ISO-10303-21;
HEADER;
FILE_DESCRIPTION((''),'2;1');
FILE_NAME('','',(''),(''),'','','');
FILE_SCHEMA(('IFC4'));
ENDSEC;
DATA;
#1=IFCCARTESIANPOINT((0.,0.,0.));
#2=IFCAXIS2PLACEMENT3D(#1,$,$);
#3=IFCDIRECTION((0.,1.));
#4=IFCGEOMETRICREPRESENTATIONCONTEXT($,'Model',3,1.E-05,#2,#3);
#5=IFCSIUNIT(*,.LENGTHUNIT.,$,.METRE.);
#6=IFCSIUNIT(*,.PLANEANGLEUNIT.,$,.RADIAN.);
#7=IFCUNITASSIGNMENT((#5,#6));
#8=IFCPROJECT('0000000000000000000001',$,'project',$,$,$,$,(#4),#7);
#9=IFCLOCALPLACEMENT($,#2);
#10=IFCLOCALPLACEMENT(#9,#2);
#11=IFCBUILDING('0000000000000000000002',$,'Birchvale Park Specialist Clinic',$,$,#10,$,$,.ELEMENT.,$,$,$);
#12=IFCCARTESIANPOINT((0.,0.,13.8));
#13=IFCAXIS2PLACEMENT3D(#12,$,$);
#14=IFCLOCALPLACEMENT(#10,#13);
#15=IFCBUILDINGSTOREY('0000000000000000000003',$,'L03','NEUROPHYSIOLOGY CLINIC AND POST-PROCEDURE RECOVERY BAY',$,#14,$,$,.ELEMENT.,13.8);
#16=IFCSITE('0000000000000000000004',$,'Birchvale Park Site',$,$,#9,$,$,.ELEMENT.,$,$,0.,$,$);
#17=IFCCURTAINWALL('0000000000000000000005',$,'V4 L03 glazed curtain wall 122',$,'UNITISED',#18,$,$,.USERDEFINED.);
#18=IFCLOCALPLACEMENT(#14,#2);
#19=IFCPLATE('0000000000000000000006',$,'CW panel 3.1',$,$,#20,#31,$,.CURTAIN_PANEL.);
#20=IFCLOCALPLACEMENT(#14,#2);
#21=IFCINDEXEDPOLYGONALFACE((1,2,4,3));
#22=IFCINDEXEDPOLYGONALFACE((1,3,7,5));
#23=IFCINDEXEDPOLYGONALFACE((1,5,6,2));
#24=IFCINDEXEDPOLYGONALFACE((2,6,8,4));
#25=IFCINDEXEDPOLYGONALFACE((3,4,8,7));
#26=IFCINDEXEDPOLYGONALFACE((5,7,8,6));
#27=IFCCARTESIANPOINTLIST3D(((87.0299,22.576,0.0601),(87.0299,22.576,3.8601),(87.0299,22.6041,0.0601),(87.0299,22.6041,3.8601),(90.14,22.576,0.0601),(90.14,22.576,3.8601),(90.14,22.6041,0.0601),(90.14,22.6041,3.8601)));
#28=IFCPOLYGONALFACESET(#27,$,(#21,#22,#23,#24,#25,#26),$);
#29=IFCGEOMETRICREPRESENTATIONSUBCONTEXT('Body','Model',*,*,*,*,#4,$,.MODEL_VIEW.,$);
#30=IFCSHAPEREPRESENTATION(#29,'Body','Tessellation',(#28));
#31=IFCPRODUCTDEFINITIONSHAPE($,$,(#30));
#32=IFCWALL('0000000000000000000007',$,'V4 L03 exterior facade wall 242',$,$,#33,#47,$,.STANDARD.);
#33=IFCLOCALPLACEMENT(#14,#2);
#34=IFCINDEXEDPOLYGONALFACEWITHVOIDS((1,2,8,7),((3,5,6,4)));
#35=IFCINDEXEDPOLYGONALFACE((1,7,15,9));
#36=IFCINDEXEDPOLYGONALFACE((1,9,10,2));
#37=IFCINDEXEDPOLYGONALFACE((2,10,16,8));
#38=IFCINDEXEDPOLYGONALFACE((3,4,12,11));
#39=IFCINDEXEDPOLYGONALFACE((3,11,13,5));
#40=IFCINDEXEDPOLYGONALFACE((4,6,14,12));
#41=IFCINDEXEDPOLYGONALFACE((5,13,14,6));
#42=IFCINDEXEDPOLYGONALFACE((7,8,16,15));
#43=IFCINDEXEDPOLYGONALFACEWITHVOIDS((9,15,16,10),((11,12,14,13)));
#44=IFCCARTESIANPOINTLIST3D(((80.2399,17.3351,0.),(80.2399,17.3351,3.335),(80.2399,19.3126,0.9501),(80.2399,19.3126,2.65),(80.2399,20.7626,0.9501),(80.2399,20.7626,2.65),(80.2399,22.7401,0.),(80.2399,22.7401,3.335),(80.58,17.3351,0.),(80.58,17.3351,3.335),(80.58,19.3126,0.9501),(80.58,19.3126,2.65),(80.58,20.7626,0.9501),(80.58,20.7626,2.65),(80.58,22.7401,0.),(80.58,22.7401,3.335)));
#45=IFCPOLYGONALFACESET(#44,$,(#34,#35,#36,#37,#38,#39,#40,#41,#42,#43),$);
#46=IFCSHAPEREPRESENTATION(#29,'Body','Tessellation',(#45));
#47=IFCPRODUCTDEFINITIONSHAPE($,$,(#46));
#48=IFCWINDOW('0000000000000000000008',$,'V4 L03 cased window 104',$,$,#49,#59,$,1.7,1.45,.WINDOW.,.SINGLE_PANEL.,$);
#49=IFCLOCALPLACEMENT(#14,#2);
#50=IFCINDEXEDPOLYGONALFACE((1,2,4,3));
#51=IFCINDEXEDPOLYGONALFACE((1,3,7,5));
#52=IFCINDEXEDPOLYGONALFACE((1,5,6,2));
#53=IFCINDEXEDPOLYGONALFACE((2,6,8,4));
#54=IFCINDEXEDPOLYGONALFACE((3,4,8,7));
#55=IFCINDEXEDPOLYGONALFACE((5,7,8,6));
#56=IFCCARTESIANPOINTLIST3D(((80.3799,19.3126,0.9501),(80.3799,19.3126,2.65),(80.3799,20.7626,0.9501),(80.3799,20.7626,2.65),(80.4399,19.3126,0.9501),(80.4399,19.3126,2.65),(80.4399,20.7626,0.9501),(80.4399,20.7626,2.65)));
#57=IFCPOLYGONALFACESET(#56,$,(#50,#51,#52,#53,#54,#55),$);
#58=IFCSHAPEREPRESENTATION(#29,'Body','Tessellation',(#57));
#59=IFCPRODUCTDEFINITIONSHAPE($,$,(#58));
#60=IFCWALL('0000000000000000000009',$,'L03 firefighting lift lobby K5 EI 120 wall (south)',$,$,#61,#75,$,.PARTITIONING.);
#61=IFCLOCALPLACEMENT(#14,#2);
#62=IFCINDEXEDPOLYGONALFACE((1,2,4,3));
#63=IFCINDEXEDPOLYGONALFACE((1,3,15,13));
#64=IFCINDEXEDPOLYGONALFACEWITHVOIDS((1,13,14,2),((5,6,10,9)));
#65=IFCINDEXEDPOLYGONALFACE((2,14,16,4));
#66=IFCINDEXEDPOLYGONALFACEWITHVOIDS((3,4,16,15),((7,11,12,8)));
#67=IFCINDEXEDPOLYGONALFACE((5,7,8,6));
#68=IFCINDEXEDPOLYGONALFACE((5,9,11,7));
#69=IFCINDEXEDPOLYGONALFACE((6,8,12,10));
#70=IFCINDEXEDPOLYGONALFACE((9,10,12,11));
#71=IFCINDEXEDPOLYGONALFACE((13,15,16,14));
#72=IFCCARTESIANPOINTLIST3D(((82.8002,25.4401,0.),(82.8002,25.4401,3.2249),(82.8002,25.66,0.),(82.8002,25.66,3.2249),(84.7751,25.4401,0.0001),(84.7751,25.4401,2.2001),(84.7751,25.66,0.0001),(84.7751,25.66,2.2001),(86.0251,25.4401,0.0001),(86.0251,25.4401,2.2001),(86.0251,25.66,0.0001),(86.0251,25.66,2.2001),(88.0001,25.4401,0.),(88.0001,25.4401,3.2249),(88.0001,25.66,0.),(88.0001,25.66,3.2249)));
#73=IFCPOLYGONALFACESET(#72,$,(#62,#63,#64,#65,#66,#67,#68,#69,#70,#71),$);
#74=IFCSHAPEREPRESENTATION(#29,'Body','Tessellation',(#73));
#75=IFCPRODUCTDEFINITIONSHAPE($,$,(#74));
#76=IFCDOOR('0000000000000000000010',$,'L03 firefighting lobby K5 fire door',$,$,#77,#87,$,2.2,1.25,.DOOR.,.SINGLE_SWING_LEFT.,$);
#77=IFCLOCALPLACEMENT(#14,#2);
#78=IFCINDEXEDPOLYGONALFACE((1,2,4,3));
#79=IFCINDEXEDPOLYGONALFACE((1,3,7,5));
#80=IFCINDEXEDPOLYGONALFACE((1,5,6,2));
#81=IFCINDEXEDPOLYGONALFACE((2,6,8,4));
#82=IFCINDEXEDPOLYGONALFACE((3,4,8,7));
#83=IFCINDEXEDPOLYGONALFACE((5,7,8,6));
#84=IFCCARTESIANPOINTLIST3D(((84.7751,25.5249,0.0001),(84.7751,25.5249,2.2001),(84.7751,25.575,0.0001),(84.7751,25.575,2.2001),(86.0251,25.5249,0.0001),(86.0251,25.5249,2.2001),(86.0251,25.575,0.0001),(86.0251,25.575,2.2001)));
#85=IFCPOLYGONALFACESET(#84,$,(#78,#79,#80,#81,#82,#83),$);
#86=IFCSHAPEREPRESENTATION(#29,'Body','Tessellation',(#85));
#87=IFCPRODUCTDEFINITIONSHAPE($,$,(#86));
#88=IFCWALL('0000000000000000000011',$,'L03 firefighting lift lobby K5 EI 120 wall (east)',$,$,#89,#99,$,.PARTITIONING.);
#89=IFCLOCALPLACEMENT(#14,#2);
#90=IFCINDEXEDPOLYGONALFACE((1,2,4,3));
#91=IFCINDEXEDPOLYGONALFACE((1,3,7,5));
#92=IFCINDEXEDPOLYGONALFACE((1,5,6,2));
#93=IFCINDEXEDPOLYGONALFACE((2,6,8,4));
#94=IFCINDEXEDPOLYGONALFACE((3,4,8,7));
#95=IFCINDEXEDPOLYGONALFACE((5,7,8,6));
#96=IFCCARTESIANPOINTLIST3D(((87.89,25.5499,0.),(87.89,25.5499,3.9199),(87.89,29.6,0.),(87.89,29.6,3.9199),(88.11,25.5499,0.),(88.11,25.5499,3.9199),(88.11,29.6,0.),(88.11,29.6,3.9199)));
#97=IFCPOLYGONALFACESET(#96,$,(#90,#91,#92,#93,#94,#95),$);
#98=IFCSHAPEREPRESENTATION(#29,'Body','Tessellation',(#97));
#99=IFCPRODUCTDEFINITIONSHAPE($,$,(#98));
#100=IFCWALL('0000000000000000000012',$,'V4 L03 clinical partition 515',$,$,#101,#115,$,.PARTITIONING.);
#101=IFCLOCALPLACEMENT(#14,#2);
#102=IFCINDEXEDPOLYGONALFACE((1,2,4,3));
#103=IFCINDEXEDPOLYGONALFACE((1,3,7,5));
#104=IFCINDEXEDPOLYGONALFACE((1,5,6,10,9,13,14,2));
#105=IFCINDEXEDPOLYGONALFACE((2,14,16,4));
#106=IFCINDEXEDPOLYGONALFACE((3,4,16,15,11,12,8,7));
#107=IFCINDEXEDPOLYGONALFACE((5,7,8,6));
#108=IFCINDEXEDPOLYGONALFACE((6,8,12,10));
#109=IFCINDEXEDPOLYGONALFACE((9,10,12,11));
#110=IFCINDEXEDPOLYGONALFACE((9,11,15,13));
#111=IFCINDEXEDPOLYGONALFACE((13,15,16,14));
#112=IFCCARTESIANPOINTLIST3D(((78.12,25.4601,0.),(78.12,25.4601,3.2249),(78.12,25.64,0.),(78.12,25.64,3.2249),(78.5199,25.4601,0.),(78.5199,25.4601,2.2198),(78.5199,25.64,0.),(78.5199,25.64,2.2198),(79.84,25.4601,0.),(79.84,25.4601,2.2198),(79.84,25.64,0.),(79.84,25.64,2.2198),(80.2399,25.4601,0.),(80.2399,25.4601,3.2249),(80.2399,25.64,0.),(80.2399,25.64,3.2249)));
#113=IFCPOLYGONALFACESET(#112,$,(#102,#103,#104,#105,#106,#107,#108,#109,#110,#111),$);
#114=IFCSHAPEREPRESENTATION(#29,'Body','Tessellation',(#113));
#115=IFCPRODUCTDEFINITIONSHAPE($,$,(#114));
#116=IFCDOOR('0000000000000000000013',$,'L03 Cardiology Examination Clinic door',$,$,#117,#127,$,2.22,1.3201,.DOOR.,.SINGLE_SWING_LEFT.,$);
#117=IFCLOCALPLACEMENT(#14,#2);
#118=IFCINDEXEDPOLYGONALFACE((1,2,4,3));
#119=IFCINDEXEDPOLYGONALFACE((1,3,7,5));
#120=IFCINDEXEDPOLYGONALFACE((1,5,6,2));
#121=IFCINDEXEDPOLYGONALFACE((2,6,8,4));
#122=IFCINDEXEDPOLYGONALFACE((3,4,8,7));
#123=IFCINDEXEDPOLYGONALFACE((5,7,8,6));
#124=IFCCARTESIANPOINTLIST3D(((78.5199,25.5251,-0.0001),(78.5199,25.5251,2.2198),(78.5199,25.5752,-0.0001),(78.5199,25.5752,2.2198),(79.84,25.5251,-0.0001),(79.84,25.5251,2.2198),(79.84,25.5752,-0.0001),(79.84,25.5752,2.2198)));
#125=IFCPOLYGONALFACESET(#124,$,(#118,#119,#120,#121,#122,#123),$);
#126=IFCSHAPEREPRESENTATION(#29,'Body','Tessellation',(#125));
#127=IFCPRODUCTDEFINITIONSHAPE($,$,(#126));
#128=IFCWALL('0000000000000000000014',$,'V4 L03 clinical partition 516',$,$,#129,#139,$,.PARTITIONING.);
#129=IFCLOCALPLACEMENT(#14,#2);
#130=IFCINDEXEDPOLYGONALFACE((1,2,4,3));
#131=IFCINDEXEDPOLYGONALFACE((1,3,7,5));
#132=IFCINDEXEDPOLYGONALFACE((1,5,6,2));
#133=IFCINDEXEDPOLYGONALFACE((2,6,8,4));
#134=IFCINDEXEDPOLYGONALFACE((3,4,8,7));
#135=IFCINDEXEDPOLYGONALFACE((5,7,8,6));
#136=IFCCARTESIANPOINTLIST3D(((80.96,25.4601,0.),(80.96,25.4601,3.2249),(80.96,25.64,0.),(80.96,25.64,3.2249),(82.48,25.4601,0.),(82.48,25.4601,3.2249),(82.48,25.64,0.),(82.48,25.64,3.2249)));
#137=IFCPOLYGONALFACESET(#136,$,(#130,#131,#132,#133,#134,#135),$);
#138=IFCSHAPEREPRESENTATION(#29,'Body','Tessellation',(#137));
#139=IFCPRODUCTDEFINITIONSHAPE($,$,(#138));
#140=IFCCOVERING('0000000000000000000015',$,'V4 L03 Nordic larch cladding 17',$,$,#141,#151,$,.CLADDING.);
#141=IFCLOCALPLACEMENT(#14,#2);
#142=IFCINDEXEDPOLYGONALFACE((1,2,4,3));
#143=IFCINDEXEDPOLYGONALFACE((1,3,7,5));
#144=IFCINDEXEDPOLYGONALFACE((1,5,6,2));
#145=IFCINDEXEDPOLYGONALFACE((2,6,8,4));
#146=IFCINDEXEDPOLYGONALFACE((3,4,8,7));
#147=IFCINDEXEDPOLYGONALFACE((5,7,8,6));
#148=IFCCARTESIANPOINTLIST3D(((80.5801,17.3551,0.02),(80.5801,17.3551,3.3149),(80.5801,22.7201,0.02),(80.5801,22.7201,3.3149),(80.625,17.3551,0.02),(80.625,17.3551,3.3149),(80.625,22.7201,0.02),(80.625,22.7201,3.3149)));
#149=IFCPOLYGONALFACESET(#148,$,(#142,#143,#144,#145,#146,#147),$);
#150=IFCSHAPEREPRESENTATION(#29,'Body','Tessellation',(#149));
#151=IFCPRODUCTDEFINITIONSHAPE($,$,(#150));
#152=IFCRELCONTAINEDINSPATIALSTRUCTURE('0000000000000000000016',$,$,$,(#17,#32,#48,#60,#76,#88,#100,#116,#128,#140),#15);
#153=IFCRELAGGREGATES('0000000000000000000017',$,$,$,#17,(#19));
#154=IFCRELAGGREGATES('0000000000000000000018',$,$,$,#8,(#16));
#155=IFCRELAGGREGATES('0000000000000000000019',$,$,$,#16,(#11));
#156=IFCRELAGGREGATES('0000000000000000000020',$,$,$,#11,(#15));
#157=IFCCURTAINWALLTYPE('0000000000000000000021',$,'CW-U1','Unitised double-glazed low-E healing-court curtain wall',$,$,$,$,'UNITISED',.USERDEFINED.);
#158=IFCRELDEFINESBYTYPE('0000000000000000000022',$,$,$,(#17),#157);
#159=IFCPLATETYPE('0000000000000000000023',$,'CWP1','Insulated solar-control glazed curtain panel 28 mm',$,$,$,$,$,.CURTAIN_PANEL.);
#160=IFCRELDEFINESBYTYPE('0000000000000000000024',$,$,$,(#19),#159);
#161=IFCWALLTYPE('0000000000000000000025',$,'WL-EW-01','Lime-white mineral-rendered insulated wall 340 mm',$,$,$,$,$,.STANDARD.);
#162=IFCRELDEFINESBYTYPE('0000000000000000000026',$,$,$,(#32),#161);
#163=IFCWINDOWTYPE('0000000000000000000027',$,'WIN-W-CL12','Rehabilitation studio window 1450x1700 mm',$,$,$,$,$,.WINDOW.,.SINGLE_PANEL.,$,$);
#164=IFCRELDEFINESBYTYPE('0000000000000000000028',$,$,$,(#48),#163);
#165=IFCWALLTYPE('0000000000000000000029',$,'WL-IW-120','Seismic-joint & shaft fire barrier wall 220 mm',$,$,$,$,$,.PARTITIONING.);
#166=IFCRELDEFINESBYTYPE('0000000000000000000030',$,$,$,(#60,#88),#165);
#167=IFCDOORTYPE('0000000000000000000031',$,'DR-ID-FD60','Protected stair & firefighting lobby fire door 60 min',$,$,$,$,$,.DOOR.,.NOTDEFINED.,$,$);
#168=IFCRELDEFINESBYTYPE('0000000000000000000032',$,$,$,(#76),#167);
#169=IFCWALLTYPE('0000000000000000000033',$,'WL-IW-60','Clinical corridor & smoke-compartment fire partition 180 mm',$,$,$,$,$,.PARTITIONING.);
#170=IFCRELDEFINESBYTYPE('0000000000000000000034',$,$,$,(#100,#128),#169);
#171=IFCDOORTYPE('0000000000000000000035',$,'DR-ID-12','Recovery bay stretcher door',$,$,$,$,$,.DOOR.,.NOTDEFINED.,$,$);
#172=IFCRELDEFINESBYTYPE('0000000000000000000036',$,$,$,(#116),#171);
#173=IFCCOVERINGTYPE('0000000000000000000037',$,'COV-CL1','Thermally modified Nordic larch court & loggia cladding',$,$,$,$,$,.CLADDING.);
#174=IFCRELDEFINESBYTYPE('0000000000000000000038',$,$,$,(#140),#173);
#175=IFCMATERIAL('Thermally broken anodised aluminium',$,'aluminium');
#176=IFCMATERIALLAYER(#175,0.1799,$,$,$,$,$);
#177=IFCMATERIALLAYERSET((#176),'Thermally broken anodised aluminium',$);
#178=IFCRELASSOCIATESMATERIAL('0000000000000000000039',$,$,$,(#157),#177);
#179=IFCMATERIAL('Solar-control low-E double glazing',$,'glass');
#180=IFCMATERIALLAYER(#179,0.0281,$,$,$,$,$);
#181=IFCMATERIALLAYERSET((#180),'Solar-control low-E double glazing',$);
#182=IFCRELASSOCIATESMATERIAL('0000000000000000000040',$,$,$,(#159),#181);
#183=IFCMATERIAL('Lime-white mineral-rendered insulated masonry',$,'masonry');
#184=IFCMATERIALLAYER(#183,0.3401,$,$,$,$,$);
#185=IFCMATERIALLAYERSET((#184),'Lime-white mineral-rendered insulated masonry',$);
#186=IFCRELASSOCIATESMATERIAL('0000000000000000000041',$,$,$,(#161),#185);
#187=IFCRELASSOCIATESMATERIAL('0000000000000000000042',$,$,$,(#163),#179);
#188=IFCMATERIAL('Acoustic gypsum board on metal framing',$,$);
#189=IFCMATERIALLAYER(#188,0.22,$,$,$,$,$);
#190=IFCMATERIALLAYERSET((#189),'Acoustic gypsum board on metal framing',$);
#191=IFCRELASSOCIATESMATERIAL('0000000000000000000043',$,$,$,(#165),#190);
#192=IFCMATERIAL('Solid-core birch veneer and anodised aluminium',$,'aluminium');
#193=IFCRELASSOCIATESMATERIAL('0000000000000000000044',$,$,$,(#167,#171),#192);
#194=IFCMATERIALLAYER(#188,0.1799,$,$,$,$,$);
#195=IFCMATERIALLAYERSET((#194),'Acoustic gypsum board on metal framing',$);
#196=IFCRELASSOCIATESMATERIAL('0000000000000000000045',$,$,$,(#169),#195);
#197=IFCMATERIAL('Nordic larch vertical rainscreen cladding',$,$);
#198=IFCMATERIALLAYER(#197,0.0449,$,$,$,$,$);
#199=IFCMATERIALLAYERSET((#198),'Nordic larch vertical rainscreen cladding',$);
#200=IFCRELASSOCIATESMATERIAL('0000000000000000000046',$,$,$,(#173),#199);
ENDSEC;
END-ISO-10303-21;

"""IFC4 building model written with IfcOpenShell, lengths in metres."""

from ifc_helpers import new_model, si_unit, direction, frame, frame_2d, origin, origin_2d, place, context, subcontext, project, spatial, rectangle, extrude, material, layer, layer_set, type_object, element, fill, aggregate, save


model = new_model("IFC4")

# Units and contexts
model_context = context("Model", 3, precision=1e-05, world=origin(), true_north=direction((0.0, 1.0)))
body_context = subcontext(model_context, "Body", "Model", "MODEL_VIEW")
ifc_project = project(units=[si_unit("LENGTHUNIT", "METRE"), si_unit("PLANEANGLEUNIT", "RADIAN")], contexts=[model_context])

# Site, building, storey
site_placement = place(None, origin())
site = spatial("IfcSite", under=ifc_project, at=site_placement, Name="Birchvale Park Site", CompositionType="ELEMENT", RefElevation=0.0)
building_placement = place(site_placement, origin())
building = spatial("IfcBuilding", under=site, at=building_placement, Name="Birchvale Park Specialist Clinic", CompositionType="ELEMENT")
storey_placement = place(building_placement, frame((0.0, 0.0, 13.8)))
storey = spatial("IfcBuildingStorey", under=building, at=storey_placement, Name="L03", Description="NEUROPHYSIOLOGY CLINIC AND POST-PROCEDURE RECOVERY BAY", CompositionType="ELEMENT", Elevation=13.8)

# Curtain wall, plate
ifc_material_1 = material(Name="Thermally broken anodised aluminium", Category="aluminium")
ifc_layer_1 = layer(ifc_material_1, 0.1799)
ifc_layer_set_1 = layer_set([ifc_layer_1], Name="Thermally broken anodised aluminium")
curtain_wall_type = type_object("IfcCurtainWallType", Name="CW-U1", Description="Unitised double-glazed low-E healing-court curtain wall", ElementType="UNITISED", PredefinedType="USERDEFINED", material=ifc_layer_set_1)
curtain_wall_placement = place(storey_placement, origin())
curtain_wall = element("IfcCurtainWall", 1, at=curtain_wall_placement, inside=storey, type_object=curtain_wall_type, Name="V4 L03 glazed curtain wall 122", ObjectType="UNITISED", PredefinedType="USERDEFINED")
ifc_material_2 = material(Name="Solar-control low-E double glazing", Category="glass")
ifc_layer_2 = layer(ifc_material_2, 0.0281)
ifc_layer_set_2 = layer_set([ifc_layer_2], Name="Solar-control low-E double glazing")
plate_type = type_object("IfcPlateType", Name="CWP1", Description="Insulated solar-control glazed curtain panel 28 mm", PredefinedType="CURTAIN_PANEL", material=ifc_layer_set_2)
plate_1_placement = place(storey_placement, frame((88.585, 22.5901, 0.0601), z_axis=(0.0, 0.0, 1.0), x_axis=(1.0, 0.0, 0.0)))
plate_1 = element("IfcPlate", 2, at=plate_1_placement, type_object=plate_type, Name="CW panel 3.1", PredefinedType="CURTAIN_PANEL", context=body_context, shape_type="SweptSolid", body=[
    extrude(rectangle(XDim=3.1101, YDim=0.0281, at=origin_2d()), origin(), (0.0, 0.0, 1.0), 3.8),
])
aggregate(curtain_wall, [plate_1])

# Wall, opening, window
ifc_material_3 = material(Name="Lime-white mineral-rendered insulated masonry", Category="masonry")
ifc_layer_3 = layer(ifc_material_3, 0.3401)
ifc_layer_set_3 = layer_set([ifc_layer_3], Name="Lime-white mineral-rendered insulated masonry")
wall_type_1 = type_object("IfcWallType", Name="WL-EW-01", Description="Lime-white mineral-rendered insulated wall 340 mm", PredefinedType="STANDARD", material=ifc_layer_set_3)
wall_1_placement = place(storey_placement, frame((80.4099, 17.335, 0.0), z_axis=(0.0, 0.0, 1.0), x_axis=(0.0, 1.0, 0.0)))
wall_1 = element("IfcWall", 3, at=wall_1_placement, inside=storey, type_object=wall_type_1, Name="V4 L03 exterior facade wall 242", PredefinedType="STANDARD", context=body_context, shape_type="SweptSolid", body=[
    extrude(rectangle(XDim=5.405, YDim=0.3401, at=frame_2d((2.7026, 0.0))), origin(), (0.0, 0.0, 1.0), 3.335),
])
opening_1_placement = place(wall_1_placement, frame((1.9775, 0.0, 0.95)))
opening_1 = element("IfcOpeningElement", 4, at=opening_1_placement, cuts=wall_1, PredefinedType="OPENING", context=body_context, shape_type="SweptSolid", body=[
    extrude(rectangle(XDim=1.45, YDim=1.7, at=frame_2d((0.7251, 0.8501))), frame((0.0, 0.1802, 0.0), z_axis=(0.0, -1.0, 0.0), x_axis=(1.0, 0.0, 0.0)), (0.0, 0.0, 1.0), 0.3601),
])
window_type = type_object("IfcWindowType", Name="WIN-W-CL12", Description="Rehabilitation studio window 1450x1700 mm", PartitioningType="SINGLE_PANEL", PredefinedType="WINDOW", material=ifc_material_2)
window_placement = place(opening_1_placement, origin())
window = element("IfcWindow", 5, at=window_placement, inside=storey, type_object=window_type, Name="V4 L03 cased window 104", OverallHeight=1.7, OverallWidth=1.45, PartitioningType="SINGLE_PANEL", PredefinedType="WINDOW", context=body_context, shape_type="SweptSolid", body=[
    extrude(rectangle(XDim=1.45, YDim=1.7, at=frame_2d((0.7251, 0.8501))), frame((0.0, 0.03, 0.0), z_axis=(0.0, -1.0, 0.0), x_axis=(1.0, 0.0, 0.0)), (0.0, 0.0, 1.0), 0.0601),
])
fill(opening_1, window)

# Wall, opening, door
ifc_material_4 = material(Name="Acoustic gypsum board on metal framing")
ifc_layer_4 = layer(ifc_material_4, 0.22)
ifc_layer_set_4 = layer_set([ifc_layer_4], Name="Acoustic gypsum board on metal framing")
wall_type_2 = type_object("IfcWallType", Name="WL-IW-120", Description="Seismic-joint & shaft fire barrier wall 220 mm", PredefinedType="PARTITIONING", material=ifc_layer_set_4)
wall_2_placement = place(storey_placement, frame((82.8, 25.55, 0.0), z_axis=(0.0, 0.0, 1.0), x_axis=(1.0, 0.0, 0.0)))
wall_2 = element("IfcWall", 6, at=wall_2_placement, inside=storey, type_object=wall_type_2, Name="L03 firefighting lift lobby K5 EI 120 wall (south)", PredefinedType="PARTITIONING", context=body_context, shape_type="SweptSolid", body=[
    extrude(rectangle(XDim=5.2, YDim=0.22, at=frame_2d((2.6001, 0.0))), origin(), (0.0, 0.0, 1.0), 3.2249),
])
opening_2_placement = place(wall_2_placement, frame((1.9751, 0.0, 0.0)))
opening_2 = element("IfcOpeningElement", 7, at=opening_2_placement, cuts=wall_2, PredefinedType="OPENING", context=body_context, shape_type="SweptSolid", body=[
    extrude(rectangle(XDim=1.25, YDim=2.2, at=frame_2d((0.625, 1.1001))), frame((0.0, 0.1201, 0.0), z_axis=(0.0, -1.0, 0.0), x_axis=(1.0, 0.0, 0.0)), (0.0, 0.0, 1.0), 0.24),
])
ifc_material_5 = material(Name="Solid-core birch veneer and anodised aluminium", Category="aluminium")
door_type_1 = type_object("IfcDoorType", Name="DR-ID-FD60", Description="Protected stair & firefighting lobby fire door 60 min", OperationType="NOTDEFINED", PredefinedType="DOOR", material=ifc_material_5)
door_1_placement = place(opening_2_placement, origin())
door_1 = element("IfcDoor", 8, at=door_1_placement, inside=storey, type_object=door_type_1, Name="L03 firefighting lobby K5 fire door", OperationType="SINGLE_SWING_LEFT", OverallHeight=2.2, OverallWidth=1.25, PredefinedType="DOOR", context=body_context, shape_type="SweptSolid", body=[
    extrude(rectangle(XDim=1.25, YDim=2.2, at=frame_2d((0.625, 1.1001))), frame((0.0, 0.0249, 0.0), z_axis=(0.0, -1.0, 0.0), x_axis=(1.0, 0.0, 0.0)), (0.0, 0.0, 1.0), 0.05),
])
fill(opening_2, door_1)

# Wall
wall_3_placement = place(storey_placement, frame((88.0, 25.55, 0.0), z_axis=(0.0, 0.0, 1.0), x_axis=(0.0, 1.0, 0.0)))
element("IfcWall", 9, at=wall_3_placement, inside=storey, type_object=wall_type_2, Name="L03 firefighting lift lobby K5 EI 120 wall (east)", PredefinedType="PARTITIONING", context=body_context, shape_type="SweptSolid", body=[
    extrude(rectangle(XDim=4.05, YDim=0.22, at=frame_2d((2.0249, 0.0))), origin(), (0.0, 0.0, 1.0), 3.9199),
])

# Wall, opening, door
ifc_layer_5 = layer(ifc_material_4, 0.1799)
ifc_layer_set_5 = layer_set([ifc_layer_5], Name="Acoustic gypsum board on metal framing")
wall_type_3 = type_object("IfcWallType", Name="WL-IW-60", Description="Clinical corridor & smoke-compartment fire partition 180 mm", PredefinedType="PARTITIONING", material=ifc_layer_set_5)
wall_4_placement = place(storey_placement, frame((80.24, 25.55, 0.0), z_axis=(0.0, 0.0, 1.0), x_axis=(-1.0, 0.0, 0.0)))
wall_4 = element("IfcWall", 10, at=wall_4_placement, inside=storey, type_object=wall_type_3, Name="V4 L03 clinical partition 515", PredefinedType="PARTITIONING", context=body_context, shape_type="SweptSolid", body=[
    extrude(rectangle(XDim=2.1199, YDim=0.1799, at=frame_2d((1.0601, 0.0))), origin(), (0.0, 0.0, 1.0), 3.2249),
])
opening_3_placement = place(wall_4_placement, frame((0.3999, 0.0, 0.0)))
opening_3 = element("IfcOpeningElement", 11, at=opening_3_placement, cuts=wall_4, PredefinedType="OPENING", context=body_context, shape_type="SweptSolid", body=[
    extrude(rectangle(XDim=1.3201, YDim=2.22, at=frame_2d((0.6602, 1.1099))), frame((0.0, 0.1001, 0.0), z_axis=(0.0, -1.0, 0.0), x_axis=(1.0, 0.0, 0.0)), (0.0, 0.0, 1.0), 0.2),
])
door_type_2 = type_object("IfcDoorType", Name="DR-ID-12", Description="Recovery bay stretcher door", OperationType="NOTDEFINED", PredefinedType="DOOR", material=ifc_material_5)
door_2_placement = place(opening_3_placement, origin())
door_2 = element("IfcDoor", 12, at=door_2_placement, inside=storey, type_object=door_type_2, Name="L03 Cardiology Examination Clinic door", OperationType="SINGLE_SWING_LEFT", OverallHeight=2.22, OverallWidth=1.3201, PredefinedType="DOOR", context=body_context, shape_type="SweptSolid", body=[
    extrude(rectangle(XDim=1.3201, YDim=2.22, at=frame_2d((0.6602, 1.1099))), frame((0.0, 0.0249, 0.0), z_axis=(0.0, -1.0, 0.0), x_axis=(1.0, 0.0, 0.0)), (0.0, 0.0, 1.0), 0.05),
])
fill(opening_3, door_2)

# Wall
wall_5_placement = place(storey_placement, frame((82.48, 25.55, 0.0), z_axis=(0.0, 0.0, 1.0), x_axis=(-1.0, 0.0, 0.0)))
element("IfcWall", 13, at=wall_5_placement, inside=storey, type_object=wall_type_3, Name="V4 L03 clinical partition 516", PredefinedType="PARTITIONING", context=body_context, shape_type="SweptSolid", body=[
    extrude(rectangle(XDim=1.52, YDim=0.1799, at=frame_2d((0.76, 0.0))), origin(), (0.0, 0.0, 1.0), 3.2249),
])

# Covering
ifc_material_6 = material(Name="Nordic larch vertical rainscreen cladding")
ifc_layer_6 = layer(ifc_material_6, 0.0449)
ifc_layer_set_6 = layer_set([ifc_layer_6], Name="Nordic larch vertical rainscreen cladding")
covering_type = type_object("IfcCoveringType", Name="COV-CL1", Description="Thermally modified Nordic larch court & loggia cladding", PredefinedType="CLADDING", material=ifc_layer_set_6)
covering_placement = place(storey_placement, frame((80.6025, 20.0376, 0.02), z_axis=(0.0, 0.0, 1.0), x_axis=(0.0, 1.0, 0.0)))
element("IfcCovering", 14, at=covering_placement, inside=storey, type_object=covering_type, Name="V4 L03 Nordic larch cladding 17", PredefinedType="CLADDING", context=body_context, shape_type="SweptSolid", body=[
    extrude(rectangle(XDim=5.365, YDim=0.0449, at=origin_2d()), origin(), (0.0, 0.0, 1.0), 3.2949),
])

save(model, "model.ifc")
